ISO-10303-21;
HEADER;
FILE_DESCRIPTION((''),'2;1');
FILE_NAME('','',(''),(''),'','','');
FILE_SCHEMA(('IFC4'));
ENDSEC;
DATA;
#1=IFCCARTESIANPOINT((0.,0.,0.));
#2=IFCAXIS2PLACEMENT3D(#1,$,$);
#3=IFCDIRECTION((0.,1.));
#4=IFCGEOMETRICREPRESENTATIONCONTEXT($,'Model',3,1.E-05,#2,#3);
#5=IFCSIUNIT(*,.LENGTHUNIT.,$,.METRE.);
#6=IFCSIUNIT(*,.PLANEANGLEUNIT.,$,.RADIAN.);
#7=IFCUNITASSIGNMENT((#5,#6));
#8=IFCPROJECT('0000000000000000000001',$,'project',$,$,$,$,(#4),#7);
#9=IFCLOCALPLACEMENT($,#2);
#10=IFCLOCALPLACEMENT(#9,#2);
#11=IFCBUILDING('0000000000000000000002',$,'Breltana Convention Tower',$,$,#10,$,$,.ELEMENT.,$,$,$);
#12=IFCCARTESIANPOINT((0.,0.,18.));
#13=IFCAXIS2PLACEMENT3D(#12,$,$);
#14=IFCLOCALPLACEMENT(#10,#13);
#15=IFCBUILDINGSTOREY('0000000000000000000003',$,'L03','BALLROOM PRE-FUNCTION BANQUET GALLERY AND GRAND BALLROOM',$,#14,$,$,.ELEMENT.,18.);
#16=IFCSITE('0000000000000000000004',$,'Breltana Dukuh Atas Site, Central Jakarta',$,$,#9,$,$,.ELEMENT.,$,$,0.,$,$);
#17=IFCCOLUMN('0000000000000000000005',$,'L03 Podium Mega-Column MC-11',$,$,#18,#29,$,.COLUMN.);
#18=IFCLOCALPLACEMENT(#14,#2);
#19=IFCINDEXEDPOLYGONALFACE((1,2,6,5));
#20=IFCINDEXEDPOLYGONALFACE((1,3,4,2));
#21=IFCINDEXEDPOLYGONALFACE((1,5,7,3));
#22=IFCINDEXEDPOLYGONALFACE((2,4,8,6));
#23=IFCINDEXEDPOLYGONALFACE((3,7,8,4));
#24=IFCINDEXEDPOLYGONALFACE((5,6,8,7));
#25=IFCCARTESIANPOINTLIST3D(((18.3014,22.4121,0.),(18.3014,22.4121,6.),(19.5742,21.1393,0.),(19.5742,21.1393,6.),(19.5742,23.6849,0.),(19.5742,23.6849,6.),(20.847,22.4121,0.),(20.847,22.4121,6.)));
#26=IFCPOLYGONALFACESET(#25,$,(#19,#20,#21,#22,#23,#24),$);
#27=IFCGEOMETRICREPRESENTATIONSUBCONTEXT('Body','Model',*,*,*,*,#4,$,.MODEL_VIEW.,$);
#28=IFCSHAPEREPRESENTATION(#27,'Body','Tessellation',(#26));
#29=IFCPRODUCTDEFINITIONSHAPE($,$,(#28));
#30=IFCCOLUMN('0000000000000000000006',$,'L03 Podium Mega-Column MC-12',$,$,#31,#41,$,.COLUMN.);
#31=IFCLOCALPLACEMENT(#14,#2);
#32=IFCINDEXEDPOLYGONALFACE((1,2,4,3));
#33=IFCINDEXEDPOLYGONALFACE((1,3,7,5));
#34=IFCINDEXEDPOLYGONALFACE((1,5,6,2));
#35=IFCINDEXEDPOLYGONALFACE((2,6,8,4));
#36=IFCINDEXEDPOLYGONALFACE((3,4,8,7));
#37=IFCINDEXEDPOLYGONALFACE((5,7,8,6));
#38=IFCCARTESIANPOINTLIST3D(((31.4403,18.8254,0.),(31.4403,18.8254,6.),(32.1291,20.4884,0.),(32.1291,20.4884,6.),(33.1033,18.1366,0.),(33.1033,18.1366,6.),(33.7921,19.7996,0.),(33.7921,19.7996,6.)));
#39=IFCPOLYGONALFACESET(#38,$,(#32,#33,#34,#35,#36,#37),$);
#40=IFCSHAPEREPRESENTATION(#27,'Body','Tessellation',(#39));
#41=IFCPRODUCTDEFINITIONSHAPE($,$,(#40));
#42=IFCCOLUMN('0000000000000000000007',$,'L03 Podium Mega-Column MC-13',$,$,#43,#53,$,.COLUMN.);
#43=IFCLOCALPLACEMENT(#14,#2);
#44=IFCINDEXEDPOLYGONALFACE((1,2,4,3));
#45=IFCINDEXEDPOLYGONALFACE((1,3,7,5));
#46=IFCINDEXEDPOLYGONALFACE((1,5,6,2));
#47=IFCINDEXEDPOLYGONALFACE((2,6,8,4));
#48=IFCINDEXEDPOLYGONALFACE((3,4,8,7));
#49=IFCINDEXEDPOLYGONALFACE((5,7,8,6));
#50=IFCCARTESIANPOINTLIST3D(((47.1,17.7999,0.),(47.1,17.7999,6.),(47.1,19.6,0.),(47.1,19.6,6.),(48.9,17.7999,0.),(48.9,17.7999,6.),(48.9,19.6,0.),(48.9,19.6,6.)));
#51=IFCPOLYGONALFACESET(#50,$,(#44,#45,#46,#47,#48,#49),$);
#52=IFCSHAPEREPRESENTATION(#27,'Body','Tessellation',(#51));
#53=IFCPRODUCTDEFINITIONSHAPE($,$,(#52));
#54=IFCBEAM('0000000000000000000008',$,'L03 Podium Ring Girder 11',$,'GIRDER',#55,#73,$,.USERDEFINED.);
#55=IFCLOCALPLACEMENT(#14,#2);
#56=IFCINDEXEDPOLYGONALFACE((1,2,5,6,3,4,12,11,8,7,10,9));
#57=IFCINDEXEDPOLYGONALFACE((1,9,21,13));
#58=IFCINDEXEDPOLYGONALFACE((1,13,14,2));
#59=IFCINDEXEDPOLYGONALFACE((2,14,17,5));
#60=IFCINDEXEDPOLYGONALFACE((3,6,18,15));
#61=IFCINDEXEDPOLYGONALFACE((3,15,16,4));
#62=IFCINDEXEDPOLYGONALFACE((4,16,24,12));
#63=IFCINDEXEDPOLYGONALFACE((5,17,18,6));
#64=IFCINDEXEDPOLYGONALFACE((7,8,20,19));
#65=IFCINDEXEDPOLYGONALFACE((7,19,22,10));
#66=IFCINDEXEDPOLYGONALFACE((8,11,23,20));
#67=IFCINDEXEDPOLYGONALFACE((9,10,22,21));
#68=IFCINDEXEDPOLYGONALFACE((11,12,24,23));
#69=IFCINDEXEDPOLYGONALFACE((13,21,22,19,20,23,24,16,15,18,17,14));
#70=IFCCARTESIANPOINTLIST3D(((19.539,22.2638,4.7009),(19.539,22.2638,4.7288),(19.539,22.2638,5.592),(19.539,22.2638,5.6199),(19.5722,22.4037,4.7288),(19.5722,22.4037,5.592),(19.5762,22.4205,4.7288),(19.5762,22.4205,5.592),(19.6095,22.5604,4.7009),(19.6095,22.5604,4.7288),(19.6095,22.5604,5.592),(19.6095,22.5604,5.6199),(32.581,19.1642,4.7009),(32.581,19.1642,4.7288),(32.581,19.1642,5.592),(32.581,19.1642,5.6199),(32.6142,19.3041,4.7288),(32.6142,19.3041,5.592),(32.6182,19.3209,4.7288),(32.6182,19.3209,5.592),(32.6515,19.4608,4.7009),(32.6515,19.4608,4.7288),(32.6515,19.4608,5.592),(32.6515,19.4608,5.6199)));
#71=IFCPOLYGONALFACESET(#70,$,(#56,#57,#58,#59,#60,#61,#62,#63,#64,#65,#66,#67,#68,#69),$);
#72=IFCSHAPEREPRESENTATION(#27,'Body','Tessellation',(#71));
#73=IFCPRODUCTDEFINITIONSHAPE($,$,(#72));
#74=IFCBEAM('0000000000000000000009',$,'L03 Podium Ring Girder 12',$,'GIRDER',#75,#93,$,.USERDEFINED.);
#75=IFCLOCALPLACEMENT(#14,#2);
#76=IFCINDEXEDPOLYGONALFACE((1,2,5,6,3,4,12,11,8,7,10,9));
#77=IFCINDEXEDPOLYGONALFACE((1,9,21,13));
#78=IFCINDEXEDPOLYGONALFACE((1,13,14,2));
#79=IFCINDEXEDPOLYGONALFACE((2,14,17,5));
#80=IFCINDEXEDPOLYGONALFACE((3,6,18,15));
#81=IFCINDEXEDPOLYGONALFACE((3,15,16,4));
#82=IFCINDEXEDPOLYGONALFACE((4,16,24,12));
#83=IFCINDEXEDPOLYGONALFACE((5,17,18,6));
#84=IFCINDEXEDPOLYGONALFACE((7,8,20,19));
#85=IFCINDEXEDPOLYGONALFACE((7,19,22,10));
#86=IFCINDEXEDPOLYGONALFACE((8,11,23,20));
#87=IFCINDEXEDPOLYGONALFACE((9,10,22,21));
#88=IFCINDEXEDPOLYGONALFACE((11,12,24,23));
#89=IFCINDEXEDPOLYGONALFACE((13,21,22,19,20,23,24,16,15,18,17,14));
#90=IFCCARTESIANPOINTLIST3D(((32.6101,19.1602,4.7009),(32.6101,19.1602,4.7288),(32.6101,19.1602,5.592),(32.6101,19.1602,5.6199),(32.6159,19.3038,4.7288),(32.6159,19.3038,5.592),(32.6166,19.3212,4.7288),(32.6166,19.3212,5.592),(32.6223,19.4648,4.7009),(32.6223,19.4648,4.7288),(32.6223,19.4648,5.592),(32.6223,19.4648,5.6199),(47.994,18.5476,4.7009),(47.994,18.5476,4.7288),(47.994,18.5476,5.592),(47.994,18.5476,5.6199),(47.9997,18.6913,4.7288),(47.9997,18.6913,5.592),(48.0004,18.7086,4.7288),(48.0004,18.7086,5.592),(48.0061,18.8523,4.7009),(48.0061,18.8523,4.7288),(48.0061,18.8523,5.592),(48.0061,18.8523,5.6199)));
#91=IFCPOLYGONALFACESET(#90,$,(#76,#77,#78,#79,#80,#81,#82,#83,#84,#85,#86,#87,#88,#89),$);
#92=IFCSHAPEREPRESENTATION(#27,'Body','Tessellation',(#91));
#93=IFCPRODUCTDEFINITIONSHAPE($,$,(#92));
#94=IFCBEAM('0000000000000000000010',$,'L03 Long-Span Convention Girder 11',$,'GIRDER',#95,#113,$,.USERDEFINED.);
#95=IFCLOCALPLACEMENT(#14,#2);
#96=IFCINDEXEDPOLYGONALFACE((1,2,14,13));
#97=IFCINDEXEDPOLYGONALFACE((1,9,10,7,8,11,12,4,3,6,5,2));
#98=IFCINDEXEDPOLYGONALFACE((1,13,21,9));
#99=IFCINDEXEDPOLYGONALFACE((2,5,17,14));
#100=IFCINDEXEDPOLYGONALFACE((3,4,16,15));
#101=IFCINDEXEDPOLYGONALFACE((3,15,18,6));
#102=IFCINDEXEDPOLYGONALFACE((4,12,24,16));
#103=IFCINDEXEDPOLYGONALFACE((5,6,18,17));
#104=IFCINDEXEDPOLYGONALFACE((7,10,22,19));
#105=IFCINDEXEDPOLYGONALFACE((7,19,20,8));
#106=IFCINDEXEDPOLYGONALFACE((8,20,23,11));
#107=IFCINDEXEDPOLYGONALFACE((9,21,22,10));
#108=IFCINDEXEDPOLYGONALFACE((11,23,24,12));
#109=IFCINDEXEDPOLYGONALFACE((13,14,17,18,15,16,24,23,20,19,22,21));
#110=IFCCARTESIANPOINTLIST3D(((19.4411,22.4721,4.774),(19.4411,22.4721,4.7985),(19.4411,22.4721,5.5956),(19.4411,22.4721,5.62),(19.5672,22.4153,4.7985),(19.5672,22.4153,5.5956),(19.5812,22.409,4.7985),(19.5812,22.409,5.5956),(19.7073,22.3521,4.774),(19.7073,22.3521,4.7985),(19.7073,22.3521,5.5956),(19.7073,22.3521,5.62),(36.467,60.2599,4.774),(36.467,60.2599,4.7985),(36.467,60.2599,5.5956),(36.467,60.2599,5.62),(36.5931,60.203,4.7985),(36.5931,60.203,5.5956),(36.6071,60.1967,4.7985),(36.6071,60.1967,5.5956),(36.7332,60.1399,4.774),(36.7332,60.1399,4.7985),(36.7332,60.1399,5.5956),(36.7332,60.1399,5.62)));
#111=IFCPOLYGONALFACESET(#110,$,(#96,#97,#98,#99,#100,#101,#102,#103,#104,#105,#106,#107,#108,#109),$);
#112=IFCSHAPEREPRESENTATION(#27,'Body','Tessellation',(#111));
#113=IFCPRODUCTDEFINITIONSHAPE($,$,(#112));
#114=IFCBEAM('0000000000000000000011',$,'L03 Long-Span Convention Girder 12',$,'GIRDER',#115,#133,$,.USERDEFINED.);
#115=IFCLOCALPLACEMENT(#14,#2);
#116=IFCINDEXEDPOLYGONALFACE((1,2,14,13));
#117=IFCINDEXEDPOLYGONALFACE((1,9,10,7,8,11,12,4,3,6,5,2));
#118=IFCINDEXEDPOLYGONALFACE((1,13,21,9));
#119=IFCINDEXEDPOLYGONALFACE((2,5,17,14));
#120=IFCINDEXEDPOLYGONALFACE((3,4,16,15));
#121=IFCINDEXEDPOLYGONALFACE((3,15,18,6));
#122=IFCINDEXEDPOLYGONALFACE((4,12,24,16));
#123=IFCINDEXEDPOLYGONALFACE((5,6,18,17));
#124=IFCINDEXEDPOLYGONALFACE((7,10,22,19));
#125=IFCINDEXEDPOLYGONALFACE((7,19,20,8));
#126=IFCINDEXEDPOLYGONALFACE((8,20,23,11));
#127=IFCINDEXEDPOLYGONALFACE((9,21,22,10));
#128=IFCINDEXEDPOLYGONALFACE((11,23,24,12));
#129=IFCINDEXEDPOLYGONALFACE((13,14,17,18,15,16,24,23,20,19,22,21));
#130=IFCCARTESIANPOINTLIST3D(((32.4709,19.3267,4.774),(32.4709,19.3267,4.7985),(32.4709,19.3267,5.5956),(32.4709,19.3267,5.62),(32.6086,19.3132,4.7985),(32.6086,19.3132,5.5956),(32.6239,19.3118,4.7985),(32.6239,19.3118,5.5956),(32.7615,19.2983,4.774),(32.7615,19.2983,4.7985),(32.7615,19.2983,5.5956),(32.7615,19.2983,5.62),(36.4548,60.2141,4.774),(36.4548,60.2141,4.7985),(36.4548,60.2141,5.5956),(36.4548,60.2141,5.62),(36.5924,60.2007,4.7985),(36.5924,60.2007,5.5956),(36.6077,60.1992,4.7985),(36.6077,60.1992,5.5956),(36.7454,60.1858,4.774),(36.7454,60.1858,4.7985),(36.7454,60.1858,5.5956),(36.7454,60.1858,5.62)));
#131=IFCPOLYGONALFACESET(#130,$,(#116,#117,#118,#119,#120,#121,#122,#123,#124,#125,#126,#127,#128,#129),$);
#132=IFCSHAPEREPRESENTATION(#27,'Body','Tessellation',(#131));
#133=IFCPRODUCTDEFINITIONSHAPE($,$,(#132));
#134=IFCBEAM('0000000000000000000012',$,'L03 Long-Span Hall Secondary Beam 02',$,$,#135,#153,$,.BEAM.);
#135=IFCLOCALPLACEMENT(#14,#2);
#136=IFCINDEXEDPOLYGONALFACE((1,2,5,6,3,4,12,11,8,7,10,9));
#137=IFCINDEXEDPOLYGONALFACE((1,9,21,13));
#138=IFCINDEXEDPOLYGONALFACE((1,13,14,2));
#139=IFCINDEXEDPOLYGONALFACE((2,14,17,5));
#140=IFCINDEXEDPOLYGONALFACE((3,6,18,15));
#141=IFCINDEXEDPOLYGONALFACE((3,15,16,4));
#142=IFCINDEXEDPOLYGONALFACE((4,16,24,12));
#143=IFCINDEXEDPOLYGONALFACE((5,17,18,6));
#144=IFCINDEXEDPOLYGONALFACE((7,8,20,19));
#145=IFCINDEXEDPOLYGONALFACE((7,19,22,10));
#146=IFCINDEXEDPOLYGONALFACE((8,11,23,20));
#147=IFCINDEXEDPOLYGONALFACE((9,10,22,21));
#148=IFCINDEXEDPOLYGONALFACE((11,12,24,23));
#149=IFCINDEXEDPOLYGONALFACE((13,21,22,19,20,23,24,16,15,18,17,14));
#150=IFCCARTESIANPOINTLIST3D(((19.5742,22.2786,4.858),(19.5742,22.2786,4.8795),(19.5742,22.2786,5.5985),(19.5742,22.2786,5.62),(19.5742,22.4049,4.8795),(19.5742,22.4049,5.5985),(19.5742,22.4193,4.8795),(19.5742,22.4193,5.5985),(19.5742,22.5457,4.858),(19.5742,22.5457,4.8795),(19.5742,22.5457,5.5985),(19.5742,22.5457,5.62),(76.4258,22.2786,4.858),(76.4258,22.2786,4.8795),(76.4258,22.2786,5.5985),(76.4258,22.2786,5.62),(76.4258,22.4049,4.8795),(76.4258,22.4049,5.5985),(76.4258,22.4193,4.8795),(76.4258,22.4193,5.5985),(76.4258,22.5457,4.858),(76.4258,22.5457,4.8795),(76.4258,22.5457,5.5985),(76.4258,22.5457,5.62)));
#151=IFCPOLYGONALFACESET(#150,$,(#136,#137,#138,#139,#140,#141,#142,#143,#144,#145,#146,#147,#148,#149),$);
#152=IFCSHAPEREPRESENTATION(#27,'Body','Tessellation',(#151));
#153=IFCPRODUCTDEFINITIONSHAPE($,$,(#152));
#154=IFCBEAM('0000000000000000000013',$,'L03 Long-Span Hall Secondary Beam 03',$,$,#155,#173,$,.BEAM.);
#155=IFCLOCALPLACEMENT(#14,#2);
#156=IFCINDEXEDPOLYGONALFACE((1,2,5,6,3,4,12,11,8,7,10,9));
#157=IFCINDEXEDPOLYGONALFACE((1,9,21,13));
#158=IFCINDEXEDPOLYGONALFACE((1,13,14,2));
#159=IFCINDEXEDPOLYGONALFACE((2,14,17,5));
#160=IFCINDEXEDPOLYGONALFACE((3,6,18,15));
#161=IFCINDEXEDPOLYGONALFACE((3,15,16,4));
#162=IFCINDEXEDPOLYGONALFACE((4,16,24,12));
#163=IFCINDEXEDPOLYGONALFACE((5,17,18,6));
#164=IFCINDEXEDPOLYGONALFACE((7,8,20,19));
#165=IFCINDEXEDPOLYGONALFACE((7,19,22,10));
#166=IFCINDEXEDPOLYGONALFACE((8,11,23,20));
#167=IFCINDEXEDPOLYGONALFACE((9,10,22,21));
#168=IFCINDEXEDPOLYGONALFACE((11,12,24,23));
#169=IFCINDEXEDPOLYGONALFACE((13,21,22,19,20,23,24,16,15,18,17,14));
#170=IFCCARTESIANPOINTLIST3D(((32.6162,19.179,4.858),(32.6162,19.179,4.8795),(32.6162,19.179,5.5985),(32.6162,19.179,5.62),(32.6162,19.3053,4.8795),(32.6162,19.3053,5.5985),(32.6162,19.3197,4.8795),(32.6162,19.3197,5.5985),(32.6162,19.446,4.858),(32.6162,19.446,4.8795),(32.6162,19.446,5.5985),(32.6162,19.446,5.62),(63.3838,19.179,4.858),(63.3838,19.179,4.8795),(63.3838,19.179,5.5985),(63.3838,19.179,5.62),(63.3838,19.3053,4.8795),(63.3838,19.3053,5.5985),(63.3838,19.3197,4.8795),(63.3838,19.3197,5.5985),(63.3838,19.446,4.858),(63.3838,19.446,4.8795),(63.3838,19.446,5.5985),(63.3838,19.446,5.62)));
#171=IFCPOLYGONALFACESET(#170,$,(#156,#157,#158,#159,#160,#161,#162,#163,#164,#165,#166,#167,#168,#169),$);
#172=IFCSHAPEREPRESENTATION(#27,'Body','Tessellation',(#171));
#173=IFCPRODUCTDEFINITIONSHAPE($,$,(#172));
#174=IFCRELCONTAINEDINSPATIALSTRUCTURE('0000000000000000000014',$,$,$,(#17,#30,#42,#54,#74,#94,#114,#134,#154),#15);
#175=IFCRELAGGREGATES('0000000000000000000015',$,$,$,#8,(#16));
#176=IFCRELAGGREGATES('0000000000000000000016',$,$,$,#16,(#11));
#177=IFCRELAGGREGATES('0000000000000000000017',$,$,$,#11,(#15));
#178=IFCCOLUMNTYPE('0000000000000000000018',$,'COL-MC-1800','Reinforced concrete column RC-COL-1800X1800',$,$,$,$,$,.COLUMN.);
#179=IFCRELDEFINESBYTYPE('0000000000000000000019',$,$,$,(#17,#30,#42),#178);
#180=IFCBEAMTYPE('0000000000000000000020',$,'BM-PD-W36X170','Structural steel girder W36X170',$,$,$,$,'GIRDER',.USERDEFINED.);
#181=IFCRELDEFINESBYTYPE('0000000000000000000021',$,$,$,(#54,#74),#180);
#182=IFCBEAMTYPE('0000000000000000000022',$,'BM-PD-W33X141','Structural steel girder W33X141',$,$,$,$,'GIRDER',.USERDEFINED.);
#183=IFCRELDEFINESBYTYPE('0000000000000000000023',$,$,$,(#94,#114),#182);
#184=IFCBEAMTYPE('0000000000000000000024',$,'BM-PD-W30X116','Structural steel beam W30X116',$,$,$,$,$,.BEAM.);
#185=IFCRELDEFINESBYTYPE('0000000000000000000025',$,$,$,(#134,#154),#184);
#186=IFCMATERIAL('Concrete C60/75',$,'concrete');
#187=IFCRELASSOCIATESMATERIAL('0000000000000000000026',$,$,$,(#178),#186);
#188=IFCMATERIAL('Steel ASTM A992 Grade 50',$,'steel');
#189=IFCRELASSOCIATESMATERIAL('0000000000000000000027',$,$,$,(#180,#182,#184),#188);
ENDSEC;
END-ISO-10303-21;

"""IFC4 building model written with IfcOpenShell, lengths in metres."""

from ifc_helpers import new_model, si_unit, direction, frame, origin, origin_2d, place, context, subcontext, project, spatial, rectangle, i_section, extrude, source, transform, mapped, material, material_profile, profile_set, type_object, type_shapes, element, save


model = new_model("IFC4")

# Units and contexts
model_context = context("Model", 3, precision=1e-05, world=origin(), true_north=direction((0.0, 1.0)))
body_context = subcontext(model_context, "Body", "Model", "MODEL_VIEW")
ifc_project = project(units=[si_unit("LENGTHUNIT", "METRE"), si_unit("PLANEANGLEUNIT", "RADIAN")], contexts=[model_context])

# Site, building, storey
site_placement = place(None, origin())
site = spatial("IfcSite", under=ifc_project, at=site_placement, Name="Breltana Dukuh Atas Site, Central Jakarta", CompositionType="ELEMENT", RefElevation=0.0)
building_placement = place(site_placement, origin())
building = spatial("IfcBuilding", under=site, at=building_placement, Name="Breltana Convention Tower", CompositionType="ELEMENT")
storey_placement = place(building_placement, frame((0.0, 0.0, 18.0)))
storey = spatial("IfcBuildingStorey", under=building, at=storey_placement, Name="L03", Description="BALLROOM PRE-FUNCTION BANQUET GALLERY AND GRAND BALLROOM", CompositionType="ELEMENT", Elevation=18.0)

# Columns
ifc_material_1 = material(Name="Concrete C60/75", Category="concrete")
ifc_material_profile_1 = material_profile(ifc_material_1, rectangle(XDim=1.8, YDim=1.8, at=origin_2d()), Name="RC-COL-1800X1800")
ifc_profile_set_1 = profile_set([ifc_material_profile_1], Name="Concrete C60/75")
column_type = type_object("IfcColumnType", Name="COL-MC-1800", Description="Reinforced concrete column RC-COL-1800X1800", PredefinedType="COLUMN", material=ifc_profile_set_1)
shared_shape_1 = source(origin(), body_context, "Body", "SweptSolid", [
    extrude(rectangle(XDim=1.8, YDim=1.8, at=origin_2d()), origin(), (0.0, 0.0, 1.0), 6.0),
])
type_shapes(column_type, [shared_shape_1])
for number, where, z_axis, x_axis, name in (
    (1, (19.5742, 22.4121, 0.0), (0.0, 0.0, 1.0), (-0.707107, -0.707107, 0.0), "L03 Podium Mega-Column MC-11"),
    (2, (32.6162, 19.3125, 0.0), (0.0, 0.0, 1.0), (-0.382683, -0.92388, 0.0), "L03 Podium Mega-Column MC-12"),
    (3, (48.0, 18.7, 0.0), (0.0, 0.0, 1.0), (0.0, -1.0, 0.0), "L03 Podium Mega-Column MC-13"),
):
    element("IfcColumn", number, at=place(storey_placement, frame(where, z_axis=z_axis, x_axis=x_axis)), inside=storey, type_object=column_type, Name=name, PredefinedType="COLUMN", context=body_context, shape_type="MappedRepresentation", body=[
        mapped(shared_shape_1, transform((0.0, 0.0, 0.0), scale=1.0)),
    ])

# Beams
ifc_material_2 = material(Name="Steel ASTM A992 Grade 50", Category="steel")
ifc_material_profile_2 = material_profile(ifc_material_2, i_section(OverallWidth=0.3049, OverallDepth=0.9189, WebThickness=0.0173, FlangeThickness=0.0278, at=origin_2d()), Name="W36X170")
ifc_profile_set_2 = profile_set([ifc_material_profile_2], Name="Steel ASTM A992 Grade 50")
beam_type_1 = type_object("IfcBeamType", Name="BM-PD-W36X170", Description="Structural steel girder W36X170", ElementType="GIRDER", PredefinedType="USERDEFINED", material=ifc_profile_set_2)
shared_shape_2 = source(origin(), body_context, "Body", "SweptSolid", [
    extrude(i_section(OverallWidth=0.3049, OverallDepth=0.9189, WebThickness=0.0173, FlangeThickness=0.0278, at=origin_2d()), origin(), (0.0, 0.0, 1.0), 13.4053),
])
beam_1_placement = place(storey_placement, frame((19.5742, 22.4121, 5.1604), z_axis=(0.972901, -0.231223, 0.0), x_axis=(0.231223, 0.972901, 0.0)))
element("IfcBeam", 4, at=beam_1_placement, inside=storey, type_object=beam_type_1, Name="L03 Podium Ring Girder 11", ObjectType="GIRDER", PredefinedType="USERDEFINED", context=body_context, shape_type="MappedRepresentation", body=[
    mapped(shared_shape_2, transform((0.0, 0.0, 0.0), scale=1.0)),
])
shared_shape_3 = source(origin(), body_context, "Body", "SweptSolid", [
    extrude(i_section(OverallWidth=0.3049, OverallDepth=0.9189, WebThickness=0.0173, FlangeThickness=0.0278, at=origin_2d()), origin(), (0.0, 0.0, 1.0), 15.396),
])
beam_2_placement = place(storey_placement, frame((32.6162, 19.3125, 5.1604), z_axis=(0.999208, -0.039786, 0.0), x_axis=(0.039786, 0.999208, 0.0)))
element("IfcBeam", 5, at=beam_2_placement, inside=storey, type_object=beam_type_1, Name="L03 Podium Ring Girder 12", ObjectType="GIRDER", PredefinedType="USERDEFINED", context=body_context, shape_type="MappedRepresentation", body=[
    mapped(shared_shape_3, transform((0.0, 0.0, 0.0), scale=1.0)),
])
ifc_material_profile_3 = material_profile(ifc_material_2, i_section(OverallWidth=0.292, OverallDepth=0.8459, WebThickness=0.0154, FlangeThickness=0.0244, at=origin_2d()), Name="W33X141")
ifc_profile_set_3 = profile_set([ifc_material_profile_3], Name="Steel ASTM A992 Grade 50")
beam_type_2 = type_object("IfcBeamType", Name="BM-PD-W33X141", Description="Structural steel girder W33X141", ElementType="GIRDER", PredefinedType="USERDEFINED", material=ifc_profile_set_3)
shared_shape_4 = source(origin(), body_context, "Body", "SweptSolid", [
    extrude(i_section(OverallWidth=0.292, OverallDepth=0.8459, WebThickness=0.0154, FlangeThickness=0.0244, at=origin_2d()), origin(), (0.0, 0.0, 1.0), 41.4463),
])
beam_3_placement = place(storey_placement, frame((19.5742, 22.4121, 5.197), z_axis=(0.410793, 0.911729, 0.0), x_axis=(-0.911729, 0.410793, 0.0)))
element("IfcBeam", 6, at=beam_3_placement, inside=storey, type_object=beam_type_2, Name="L03 Long-Span Convention Girder 11", ObjectType="GIRDER", PredefinedType="USERDEFINED", context=body_context, shape_type="MappedRepresentation", body=[
    mapped(shared_shape_4, transform((0.0, 0.0, 0.0), scale=1.0)),
])
shared_shape_5 = source(origin(), body_context, "Body", "SweptSolid", [
    extrude(i_section(OverallWidth=0.292, OverallDepth=0.8459, WebThickness=0.0154, FlangeThickness=0.0244, at=origin_2d()), origin(), (0.0, 0.0, 1.0), 41.0811),
])
beam_4_placement = place(storey_placement, frame((32.6162, 19.3125, 5.197), z_axis=(0.096976, 0.995287, 0.0), x_axis=(-0.995287, 0.096976, 0.0)))
element("IfcBeam", 7, at=beam_4_placement, inside=storey, type_object=beam_type_2, Name="L03 Long-Span Convention Girder 12", ObjectType="GIRDER", PredefinedType="USERDEFINED", context=body_context, shape_type="MappedRepresentation", body=[
    mapped(shared_shape_5, transform((0.0, 0.0, 0.0), scale=1.0)),
])
ifc_material_profile_4 = material_profile(ifc_material_2, i_section(OverallWidth=0.2671, OverallDepth=0.762, WebThickness=0.0144, FlangeThickness=0.0215, at=origin_2d()), Name="W30X116")
ifc_profile_set_4 = profile_set([ifc_material_profile_4], Name="Steel ASTM A992 Grade 50")
beam_type_3 = type_object("IfcBeamType", Name="BM-PD-W30X116", Description="Structural steel beam W30X116", PredefinedType="BEAM", material=ifc_profile_set_4)
shared_shape_6 = source(origin(), body_context, "Body", "SweptSolid", [
    extrude(i_section(OverallWidth=0.2671, OverallDepth=0.762, WebThickness=0.0144, FlangeThickness=0.0215, at=origin_2d()), origin(), (0.0, 0.0, 1.0), 56.8516),
])
beam_5_placement = place(storey_placement, frame((19.5742, 22.4121, 5.239), z_axis=(1.0, 0.0, 0.0), x_axis=(0.0, 1.0, 0.0)))
element("IfcBeam", 8, at=beam_5_placement, inside=storey, type_object=beam_type_3, Name="L03 Long-Span Hall Secondary Beam 02", PredefinedType="BEAM", context=body_context, shape_type="MappedRepresentation", body=[
    mapped(shared_shape_6, transform((0.0, 0.0, 0.0), scale=1.0)),
])
shared_shape_7 = source(origin(), body_context, "Body", "SweptSolid", [
    extrude(i_section(OverallWidth=0.2671, OverallDepth=0.762, WebThickness=0.0144, FlangeThickness=0.0215, at=origin_2d()), origin(), (0.0, 0.0, 1.0), 30.7676),
])
beam_6_placement = place(storey_placement, frame((32.6162, 19.3125, 5.239), z_axis=(1.0, 0.0, 0.0), x_axis=(0.0, 1.0, 0.0)))
element("IfcBeam", 9, at=beam_6_placement, inside=storey, type_object=beam_type_3, Name="L03 Long-Span Hall Secondary Beam 03", PredefinedType="BEAM", context=body_context, shape_type="MappedRepresentation", body=[
    mapped(shared_shape_7, transform((0.0, 0.0, 0.0), scale=1.0)),
])

save(model, "model.ifc")
